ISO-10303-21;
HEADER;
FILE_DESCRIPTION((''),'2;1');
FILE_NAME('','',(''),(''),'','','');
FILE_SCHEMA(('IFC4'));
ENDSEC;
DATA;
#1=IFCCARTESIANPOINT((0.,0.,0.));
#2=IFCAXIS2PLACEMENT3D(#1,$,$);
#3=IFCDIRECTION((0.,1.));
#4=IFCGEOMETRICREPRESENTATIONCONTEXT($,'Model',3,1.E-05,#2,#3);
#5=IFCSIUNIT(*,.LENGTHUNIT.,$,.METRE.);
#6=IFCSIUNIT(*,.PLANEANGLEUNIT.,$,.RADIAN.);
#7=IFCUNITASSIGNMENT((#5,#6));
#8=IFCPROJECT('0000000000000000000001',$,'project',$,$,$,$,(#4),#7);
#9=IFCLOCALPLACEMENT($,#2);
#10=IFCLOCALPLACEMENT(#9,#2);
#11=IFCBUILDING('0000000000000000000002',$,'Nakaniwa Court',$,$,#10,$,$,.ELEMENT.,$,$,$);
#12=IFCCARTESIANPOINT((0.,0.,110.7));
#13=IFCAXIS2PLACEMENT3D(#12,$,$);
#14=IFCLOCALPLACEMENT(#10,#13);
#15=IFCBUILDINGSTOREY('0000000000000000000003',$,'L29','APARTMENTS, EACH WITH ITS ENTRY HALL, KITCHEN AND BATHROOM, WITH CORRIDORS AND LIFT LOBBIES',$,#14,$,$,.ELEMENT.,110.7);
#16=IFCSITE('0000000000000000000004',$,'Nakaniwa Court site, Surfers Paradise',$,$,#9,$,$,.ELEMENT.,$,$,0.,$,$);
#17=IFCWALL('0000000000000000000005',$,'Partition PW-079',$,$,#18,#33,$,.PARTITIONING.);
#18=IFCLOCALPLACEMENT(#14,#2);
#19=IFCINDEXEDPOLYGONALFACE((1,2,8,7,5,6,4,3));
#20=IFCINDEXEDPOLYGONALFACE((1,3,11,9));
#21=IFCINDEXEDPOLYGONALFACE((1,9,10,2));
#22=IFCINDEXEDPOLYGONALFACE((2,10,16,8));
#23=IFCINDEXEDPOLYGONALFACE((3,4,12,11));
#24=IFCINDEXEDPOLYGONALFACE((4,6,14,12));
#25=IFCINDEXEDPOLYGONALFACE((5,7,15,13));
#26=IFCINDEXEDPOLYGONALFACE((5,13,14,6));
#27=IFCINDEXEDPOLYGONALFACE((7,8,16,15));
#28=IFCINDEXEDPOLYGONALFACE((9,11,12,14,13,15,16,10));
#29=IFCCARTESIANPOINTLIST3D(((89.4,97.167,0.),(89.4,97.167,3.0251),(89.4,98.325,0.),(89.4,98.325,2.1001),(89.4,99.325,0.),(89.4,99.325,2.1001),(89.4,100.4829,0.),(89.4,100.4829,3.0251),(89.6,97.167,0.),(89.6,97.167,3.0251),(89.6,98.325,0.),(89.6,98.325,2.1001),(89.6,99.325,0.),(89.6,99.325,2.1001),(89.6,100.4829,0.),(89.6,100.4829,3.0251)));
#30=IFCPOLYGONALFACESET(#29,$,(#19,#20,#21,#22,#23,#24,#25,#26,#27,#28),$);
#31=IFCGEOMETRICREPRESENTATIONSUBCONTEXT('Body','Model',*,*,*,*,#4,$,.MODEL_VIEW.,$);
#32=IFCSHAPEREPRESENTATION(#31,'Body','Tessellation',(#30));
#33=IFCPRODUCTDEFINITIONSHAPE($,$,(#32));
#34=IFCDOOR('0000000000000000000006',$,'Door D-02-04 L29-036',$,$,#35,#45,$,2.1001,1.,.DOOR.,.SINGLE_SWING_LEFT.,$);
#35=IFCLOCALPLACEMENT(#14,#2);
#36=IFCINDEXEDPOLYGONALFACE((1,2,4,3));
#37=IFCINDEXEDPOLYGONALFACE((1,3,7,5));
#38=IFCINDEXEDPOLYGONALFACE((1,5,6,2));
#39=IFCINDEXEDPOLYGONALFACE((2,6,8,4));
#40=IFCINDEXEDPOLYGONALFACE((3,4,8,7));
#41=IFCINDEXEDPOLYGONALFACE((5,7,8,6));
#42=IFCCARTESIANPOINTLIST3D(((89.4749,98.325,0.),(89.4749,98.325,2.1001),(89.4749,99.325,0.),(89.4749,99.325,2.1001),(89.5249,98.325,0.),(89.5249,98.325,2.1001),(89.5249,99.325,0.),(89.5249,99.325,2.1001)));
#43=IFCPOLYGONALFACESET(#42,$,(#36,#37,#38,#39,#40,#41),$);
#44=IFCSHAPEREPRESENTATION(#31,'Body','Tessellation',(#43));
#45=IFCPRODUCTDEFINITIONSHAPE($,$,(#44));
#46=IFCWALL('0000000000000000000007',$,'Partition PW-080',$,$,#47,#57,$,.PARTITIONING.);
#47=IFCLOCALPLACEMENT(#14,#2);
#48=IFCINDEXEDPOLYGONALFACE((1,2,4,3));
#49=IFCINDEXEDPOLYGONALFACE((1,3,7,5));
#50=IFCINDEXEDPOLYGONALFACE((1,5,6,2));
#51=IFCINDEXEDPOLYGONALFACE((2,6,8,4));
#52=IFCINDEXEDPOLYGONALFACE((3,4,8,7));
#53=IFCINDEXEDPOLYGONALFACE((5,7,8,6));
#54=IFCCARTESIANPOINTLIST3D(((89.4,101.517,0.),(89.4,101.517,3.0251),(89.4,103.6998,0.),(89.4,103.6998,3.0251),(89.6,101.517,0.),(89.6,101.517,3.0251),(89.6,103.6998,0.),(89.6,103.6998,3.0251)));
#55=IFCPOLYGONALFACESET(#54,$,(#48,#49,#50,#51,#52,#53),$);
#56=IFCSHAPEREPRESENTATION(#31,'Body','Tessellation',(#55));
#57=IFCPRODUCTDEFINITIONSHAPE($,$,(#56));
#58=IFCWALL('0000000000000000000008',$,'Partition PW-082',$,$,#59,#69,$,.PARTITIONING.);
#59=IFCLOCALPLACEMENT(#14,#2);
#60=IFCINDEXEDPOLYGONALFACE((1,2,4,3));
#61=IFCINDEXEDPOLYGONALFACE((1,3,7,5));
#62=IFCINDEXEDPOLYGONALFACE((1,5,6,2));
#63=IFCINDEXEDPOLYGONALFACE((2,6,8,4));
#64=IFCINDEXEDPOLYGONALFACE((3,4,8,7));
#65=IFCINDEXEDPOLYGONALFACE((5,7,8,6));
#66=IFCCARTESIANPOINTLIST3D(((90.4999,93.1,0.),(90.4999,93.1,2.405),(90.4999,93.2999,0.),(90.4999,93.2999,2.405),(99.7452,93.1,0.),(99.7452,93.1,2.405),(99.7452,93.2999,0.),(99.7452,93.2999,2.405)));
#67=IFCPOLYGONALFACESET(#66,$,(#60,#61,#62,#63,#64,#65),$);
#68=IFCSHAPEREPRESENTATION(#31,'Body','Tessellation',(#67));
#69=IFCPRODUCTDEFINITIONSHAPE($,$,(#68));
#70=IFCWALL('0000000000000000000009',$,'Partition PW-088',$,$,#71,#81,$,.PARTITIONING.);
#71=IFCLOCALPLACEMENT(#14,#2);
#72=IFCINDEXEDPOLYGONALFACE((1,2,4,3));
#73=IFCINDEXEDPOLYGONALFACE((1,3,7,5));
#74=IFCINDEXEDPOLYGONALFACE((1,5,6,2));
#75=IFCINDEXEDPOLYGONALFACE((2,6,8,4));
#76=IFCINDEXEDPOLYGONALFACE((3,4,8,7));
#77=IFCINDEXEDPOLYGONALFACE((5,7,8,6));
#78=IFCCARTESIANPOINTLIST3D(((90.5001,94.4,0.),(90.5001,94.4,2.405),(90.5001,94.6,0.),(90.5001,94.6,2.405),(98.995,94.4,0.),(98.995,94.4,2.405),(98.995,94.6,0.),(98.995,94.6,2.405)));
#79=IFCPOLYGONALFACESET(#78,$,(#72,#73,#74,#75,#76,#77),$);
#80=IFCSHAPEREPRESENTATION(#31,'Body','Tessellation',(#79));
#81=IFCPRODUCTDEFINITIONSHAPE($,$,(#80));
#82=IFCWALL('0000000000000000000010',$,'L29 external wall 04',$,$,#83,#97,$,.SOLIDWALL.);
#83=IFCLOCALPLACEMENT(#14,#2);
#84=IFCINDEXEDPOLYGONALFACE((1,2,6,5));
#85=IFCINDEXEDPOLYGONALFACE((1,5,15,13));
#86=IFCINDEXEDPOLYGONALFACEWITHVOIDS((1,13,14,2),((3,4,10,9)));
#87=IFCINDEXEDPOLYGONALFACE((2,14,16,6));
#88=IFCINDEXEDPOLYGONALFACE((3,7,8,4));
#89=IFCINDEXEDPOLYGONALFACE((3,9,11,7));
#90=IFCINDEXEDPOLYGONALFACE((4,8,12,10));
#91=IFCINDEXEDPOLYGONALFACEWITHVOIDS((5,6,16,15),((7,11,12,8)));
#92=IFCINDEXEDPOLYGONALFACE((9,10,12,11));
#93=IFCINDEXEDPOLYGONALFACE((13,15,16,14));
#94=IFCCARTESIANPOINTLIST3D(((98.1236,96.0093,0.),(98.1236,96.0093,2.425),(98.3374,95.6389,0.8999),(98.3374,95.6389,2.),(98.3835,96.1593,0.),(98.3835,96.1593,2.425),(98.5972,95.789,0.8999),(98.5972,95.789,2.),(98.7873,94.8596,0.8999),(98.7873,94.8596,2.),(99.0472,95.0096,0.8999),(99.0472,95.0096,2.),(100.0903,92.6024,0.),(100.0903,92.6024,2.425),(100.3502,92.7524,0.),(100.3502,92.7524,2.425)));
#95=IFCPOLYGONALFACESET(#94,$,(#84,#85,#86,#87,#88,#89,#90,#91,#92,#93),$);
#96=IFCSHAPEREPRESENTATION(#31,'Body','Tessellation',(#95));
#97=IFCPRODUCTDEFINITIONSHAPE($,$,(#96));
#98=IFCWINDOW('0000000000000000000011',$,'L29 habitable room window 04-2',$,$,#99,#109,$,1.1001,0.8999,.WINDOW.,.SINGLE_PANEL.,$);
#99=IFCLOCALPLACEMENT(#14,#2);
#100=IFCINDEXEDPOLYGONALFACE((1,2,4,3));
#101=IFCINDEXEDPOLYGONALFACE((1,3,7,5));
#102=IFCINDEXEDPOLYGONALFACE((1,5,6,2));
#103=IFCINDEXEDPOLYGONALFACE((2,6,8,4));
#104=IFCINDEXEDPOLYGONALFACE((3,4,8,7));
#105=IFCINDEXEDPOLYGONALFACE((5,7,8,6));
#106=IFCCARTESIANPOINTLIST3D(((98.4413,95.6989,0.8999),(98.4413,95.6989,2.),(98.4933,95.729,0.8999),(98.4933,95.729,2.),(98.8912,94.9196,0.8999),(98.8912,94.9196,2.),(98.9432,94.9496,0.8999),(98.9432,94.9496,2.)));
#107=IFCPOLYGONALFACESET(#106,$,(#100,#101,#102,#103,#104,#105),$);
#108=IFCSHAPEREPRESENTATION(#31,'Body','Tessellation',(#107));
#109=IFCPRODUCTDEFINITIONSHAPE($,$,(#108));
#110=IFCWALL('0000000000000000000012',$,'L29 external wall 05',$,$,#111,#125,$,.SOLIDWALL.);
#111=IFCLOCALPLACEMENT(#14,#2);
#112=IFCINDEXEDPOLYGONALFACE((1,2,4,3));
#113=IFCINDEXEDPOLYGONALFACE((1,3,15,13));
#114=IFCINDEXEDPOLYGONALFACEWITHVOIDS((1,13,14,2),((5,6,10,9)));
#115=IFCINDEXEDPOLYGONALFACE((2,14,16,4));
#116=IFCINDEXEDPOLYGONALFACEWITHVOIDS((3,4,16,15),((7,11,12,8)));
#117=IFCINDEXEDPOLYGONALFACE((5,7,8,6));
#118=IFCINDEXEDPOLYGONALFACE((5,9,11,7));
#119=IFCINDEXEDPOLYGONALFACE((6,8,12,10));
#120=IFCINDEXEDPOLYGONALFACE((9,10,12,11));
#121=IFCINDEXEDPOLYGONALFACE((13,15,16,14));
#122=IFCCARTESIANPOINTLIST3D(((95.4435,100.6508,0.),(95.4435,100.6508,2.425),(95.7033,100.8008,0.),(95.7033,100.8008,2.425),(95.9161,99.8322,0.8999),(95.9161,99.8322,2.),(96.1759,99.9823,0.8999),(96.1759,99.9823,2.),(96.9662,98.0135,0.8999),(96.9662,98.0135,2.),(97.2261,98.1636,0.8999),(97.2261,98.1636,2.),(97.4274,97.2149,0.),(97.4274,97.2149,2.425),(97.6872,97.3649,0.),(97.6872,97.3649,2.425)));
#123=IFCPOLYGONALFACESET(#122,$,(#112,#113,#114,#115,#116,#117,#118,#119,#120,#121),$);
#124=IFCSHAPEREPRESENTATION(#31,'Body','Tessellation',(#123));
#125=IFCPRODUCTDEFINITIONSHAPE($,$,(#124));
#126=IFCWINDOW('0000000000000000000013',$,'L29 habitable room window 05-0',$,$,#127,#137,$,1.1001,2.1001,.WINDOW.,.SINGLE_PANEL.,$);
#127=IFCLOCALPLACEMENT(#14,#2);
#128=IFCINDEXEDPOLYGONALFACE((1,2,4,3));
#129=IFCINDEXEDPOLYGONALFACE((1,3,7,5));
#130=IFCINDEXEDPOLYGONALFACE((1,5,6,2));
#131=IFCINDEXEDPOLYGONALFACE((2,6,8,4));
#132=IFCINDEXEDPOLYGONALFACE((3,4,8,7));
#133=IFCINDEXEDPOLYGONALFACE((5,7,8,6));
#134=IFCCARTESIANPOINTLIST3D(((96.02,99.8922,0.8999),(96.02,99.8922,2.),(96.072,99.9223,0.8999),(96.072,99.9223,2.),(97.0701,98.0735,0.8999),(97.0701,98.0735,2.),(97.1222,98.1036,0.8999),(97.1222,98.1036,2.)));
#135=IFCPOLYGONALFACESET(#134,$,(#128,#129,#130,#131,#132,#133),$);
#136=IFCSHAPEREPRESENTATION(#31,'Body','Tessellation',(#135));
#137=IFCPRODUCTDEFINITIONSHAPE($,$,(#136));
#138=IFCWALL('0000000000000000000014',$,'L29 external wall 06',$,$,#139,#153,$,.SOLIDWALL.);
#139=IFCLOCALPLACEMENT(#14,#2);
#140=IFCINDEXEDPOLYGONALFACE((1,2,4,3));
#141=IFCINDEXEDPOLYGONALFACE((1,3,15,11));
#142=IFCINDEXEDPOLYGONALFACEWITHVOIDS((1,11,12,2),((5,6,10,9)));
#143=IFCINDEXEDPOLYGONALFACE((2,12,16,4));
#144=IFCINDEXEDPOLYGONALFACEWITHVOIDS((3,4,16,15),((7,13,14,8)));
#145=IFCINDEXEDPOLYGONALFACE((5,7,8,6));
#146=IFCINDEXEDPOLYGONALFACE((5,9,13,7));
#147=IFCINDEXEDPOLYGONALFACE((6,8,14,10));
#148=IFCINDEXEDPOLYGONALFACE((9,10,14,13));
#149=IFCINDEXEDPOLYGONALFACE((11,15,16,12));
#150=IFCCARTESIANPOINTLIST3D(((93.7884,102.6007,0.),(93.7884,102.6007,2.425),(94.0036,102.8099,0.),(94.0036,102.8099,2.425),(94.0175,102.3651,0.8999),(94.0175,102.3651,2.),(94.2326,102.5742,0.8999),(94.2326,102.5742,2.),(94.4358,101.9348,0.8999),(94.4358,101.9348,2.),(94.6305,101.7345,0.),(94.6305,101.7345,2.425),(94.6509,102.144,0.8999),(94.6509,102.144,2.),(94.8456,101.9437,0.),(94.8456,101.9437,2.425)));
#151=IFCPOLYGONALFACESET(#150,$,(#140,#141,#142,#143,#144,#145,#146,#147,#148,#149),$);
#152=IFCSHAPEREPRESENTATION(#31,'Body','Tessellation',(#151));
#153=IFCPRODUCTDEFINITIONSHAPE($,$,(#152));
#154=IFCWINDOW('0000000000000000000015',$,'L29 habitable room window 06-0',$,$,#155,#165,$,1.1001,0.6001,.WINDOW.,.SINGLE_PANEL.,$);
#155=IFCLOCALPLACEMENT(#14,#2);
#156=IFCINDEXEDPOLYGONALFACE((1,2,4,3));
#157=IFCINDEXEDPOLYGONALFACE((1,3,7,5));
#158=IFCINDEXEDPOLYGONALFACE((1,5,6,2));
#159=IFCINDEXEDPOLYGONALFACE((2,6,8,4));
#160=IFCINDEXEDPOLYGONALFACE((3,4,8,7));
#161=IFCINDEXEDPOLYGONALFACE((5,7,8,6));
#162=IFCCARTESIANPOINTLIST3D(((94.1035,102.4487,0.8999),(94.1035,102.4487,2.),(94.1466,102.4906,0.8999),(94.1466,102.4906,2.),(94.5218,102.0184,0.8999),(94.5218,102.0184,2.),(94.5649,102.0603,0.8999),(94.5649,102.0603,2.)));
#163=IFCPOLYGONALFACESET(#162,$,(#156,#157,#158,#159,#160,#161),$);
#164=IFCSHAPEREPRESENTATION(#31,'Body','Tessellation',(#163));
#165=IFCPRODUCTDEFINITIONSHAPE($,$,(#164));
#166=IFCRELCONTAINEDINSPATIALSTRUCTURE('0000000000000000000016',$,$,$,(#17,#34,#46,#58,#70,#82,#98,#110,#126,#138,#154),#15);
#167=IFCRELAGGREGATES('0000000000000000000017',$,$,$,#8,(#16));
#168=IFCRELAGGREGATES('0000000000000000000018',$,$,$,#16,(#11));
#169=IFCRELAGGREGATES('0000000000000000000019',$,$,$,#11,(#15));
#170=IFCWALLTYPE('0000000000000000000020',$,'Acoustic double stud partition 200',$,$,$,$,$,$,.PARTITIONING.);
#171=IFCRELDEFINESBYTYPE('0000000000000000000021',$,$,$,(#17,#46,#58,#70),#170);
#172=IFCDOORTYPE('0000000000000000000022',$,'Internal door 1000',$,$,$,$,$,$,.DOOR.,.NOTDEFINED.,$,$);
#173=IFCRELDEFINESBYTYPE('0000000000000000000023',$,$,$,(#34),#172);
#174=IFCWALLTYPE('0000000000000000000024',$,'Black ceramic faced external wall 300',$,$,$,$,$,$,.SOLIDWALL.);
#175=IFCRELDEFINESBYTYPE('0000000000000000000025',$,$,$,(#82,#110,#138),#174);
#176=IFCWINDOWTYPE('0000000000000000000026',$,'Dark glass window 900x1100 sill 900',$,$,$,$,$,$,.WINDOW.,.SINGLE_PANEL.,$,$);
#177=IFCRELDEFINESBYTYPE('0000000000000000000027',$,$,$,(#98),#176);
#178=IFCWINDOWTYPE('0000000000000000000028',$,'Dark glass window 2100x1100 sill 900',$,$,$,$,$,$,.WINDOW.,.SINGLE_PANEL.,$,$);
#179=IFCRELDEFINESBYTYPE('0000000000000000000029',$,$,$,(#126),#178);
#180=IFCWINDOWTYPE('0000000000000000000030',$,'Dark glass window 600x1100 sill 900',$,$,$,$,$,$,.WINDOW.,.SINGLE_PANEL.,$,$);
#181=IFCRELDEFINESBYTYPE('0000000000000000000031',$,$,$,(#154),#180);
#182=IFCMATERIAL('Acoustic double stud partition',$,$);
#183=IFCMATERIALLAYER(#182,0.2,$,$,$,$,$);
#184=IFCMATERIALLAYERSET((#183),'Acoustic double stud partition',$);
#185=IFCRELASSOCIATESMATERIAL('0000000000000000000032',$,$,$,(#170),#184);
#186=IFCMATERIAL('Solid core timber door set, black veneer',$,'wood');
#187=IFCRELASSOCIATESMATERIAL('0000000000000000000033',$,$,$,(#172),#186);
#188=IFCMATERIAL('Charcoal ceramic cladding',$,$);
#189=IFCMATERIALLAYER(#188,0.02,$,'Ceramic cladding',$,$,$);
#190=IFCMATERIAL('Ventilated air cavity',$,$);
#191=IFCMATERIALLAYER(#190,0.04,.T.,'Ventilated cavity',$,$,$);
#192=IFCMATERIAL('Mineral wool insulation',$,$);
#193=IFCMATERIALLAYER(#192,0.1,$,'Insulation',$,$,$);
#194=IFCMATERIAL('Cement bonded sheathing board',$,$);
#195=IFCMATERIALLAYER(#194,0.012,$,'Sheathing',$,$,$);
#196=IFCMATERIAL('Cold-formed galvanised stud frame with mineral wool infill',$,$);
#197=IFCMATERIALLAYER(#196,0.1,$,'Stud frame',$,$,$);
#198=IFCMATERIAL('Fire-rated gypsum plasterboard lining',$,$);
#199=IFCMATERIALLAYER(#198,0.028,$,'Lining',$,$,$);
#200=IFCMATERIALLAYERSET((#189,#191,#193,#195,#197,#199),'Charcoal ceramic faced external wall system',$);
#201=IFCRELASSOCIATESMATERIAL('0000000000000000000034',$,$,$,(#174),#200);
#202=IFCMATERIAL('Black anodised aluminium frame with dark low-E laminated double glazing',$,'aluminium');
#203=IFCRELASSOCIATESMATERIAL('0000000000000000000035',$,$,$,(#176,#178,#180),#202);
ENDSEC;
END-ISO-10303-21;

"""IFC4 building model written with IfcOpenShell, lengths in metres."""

from ifc_helpers import new_model, si_unit, direction, frame, frame_2d, origin, place, context, subcontext, project, spatial, rectangle, extrude, material, layer, layer_set, type_object, element, fill, save


model = new_model("IFC4")

# Units and contexts
model_context = context("Model", 3, precision=1e-05, world=origin(), true_north=direction((0.0, 1.0)))
body_context = subcontext(model_context, "Body", "Model", "MODEL_VIEW")
ifc_project = project(units=[si_unit("LENGTHUNIT", "METRE"), si_unit("PLANEANGLEUNIT", "RADIAN")], contexts=[model_context])

# Site, building, storey
site_placement = place(None, origin())
site = spatial("IfcSite", under=ifc_project, at=site_placement, Name="Nakaniwa Court site, Surfers Paradise", CompositionType="ELEMENT", RefElevation=0.0)
building_placement = place(site_placement, origin())
building = spatial("IfcBuilding", under=site, at=building_placement, Name="Nakaniwa Court", CompositionType="ELEMENT")
storey_placement = place(building_placement, frame((0.0, 0.0, 110.7)))
storey = spatial("IfcBuildingStorey", under=building, at=storey_placement, Name="L29", Description="APARTMENTS, EACH WITH ITS ENTRY HALL, KITCHEN AND BATHROOM, WITH CORRIDORS AND LIFT LOBBIES", CompositionType="ELEMENT", Elevation=110.7)

# Wall, opening, door
ifc_material_1 = material(Name="Acoustic double stud partition")
ifc_layer_1 = layer(ifc_material_1, 0.2)
ifc_layer_set_1 = layer_set([ifc_layer_1], Name="Acoustic double stud partition")
wall_type_1 = type_object("IfcWallType", Name="Acoustic double stud partition 200", PredefinedType="PARTITIONING", material=ifc_layer_set_1)
wall_1_placement = place(storey_placement, frame((89.5, 100.4829, 0.0), z_axis=(0.0, 0.0, 1.0), x_axis=(0.0, -1.0, 0.0)))
wall_1 = element("IfcWall", 1, at=wall_1_placement, inside=storey, type_object=wall_type_1, Name="Partition PW-079", PredefinedType="PARTITIONING", context=body_context, shape_type="SweptSolid", body=[
    extrude(rectangle(XDim=3.3159, YDim=0.2, at=frame_2d((1.658, 0.0))), origin(), (0.0, 0.0, 1.0), 3.0251),
])
opening_1_placement = place(wall_1_placement, frame((1.158, 0.0, 0.0)))
opening_1 = element("IfcOpeningElement", 2, at=opening_1_placement, cuts=wall_1, PredefinedType="OPENING", context=body_context, shape_type="SweptSolid", body=[
    extrude(rectangle(XDim=1.0, YDim=2.1001, at=frame_2d((0.5, 1.05))), frame((0.0, 0.1099, 0.0), z_axis=(0.0, -1.0, 0.0), x_axis=(1.0, 0.0, 0.0)), (0.0, 0.0, 1.0), 0.22),
])
ifc_material_2 = material(Name="Solid core timber door set, black veneer", Category="wood")
door_type = type_object("IfcDoorType", Name="Internal door 1000", OperationType="NOTDEFINED", PredefinedType="DOOR", material=ifc_material_2)
door_placement = place(opening_1_placement, origin())
door = element("IfcDoor", 3, at=door_placement, inside=storey, type_object=door_type, Name="Door D-02-04 L29-036", OperationType="SINGLE_SWING_LEFT", OverallHeight=2.1001, OverallWidth=1.0, PredefinedType="DOOR", context=body_context, shape_type="SweptSolid", body=[
    extrude(rectangle(XDim=1.0, YDim=2.1001, at=frame_2d((0.5, 1.05))), frame((0.0, 0.0249, 0.0), z_axis=(0.0, -1.0, 0.0), x_axis=(1.0, 0.0, 0.0)), (0.0, 0.0, 1.0), 0.05),
])
fill(opening_1, door)

# Walls
wall_2_placement = place(storey_placement, frame((89.5, 101.5171, 0.0), z_axis=(0.0, 0.0, 1.0), x_axis=(0.0, 1.0, 0.0)))
element("IfcWall", 4, at=wall_2_placement, inside=storey, type_object=wall_type_1, Name="Partition PW-080", PredefinedType="PARTITIONING", context=body_context, shape_type="SweptSolid", body=[
    extrude(rectangle(XDim=2.1829, YDim=0.2, at=frame_2d((1.0913, 0.0))), origin(), (0.0, 0.0, 1.0), 3.0251),
])
wall_3_placement = place(storey_placement, frame((90.5, 93.2, 0.0), z_axis=(0.0, 0.0, 1.0), x_axis=(1.0, 0.0, 0.0)))
element("IfcWall", 5, at=wall_3_placement, inside=storey, type_object=wall_type_1, Name="Partition PW-082", PredefinedType="PARTITIONING", context=body_context, shape_type="SweptSolid", body=[
    extrude(rectangle(XDim=9.2454, YDim=0.2, at=frame_2d((4.6226, 0.0))), origin(), (0.0, 0.0, 1.0), 2.405),
])
wall_4_placement = place(storey_placement, frame((90.5, 94.5, 0.0), z_axis=(0.0, 0.0, 1.0), x_axis=(1.0, 0.0, 0.0)))
element("IfcWall", 6, at=wall_4_placement, inside=storey, type_object=wall_type_1, Name="Partition PW-088", PredefinedType="PARTITIONING", context=body_context, shape_type="SweptSolid", body=[
    extrude(rectangle(XDim=8.4949, YDim=0.2, at=frame_2d((4.2476, 0.0))), origin(), (0.0, 0.0, 1.0), 2.405),
])

# Walls, openings, windows
ifc_material_3 = material(Name="Charcoal ceramic cladding")
ifc_layer_2 = layer(ifc_material_3, 0.02, Name="Ceramic cladding")
ifc_material_4 = material(Name="Ventilated air cavity")
ifc_layer_3 = layer(ifc_material_4, 0.04, ventilated=True, Name="Ventilated cavity")
ifc_material_5 = material(Name="Mineral wool insulation")
ifc_layer_4 = layer(ifc_material_5, 0.1, Name="Insulation")
ifc_material_6 = material(Name="Cement bonded sheathing board")
ifc_layer_5 = layer(ifc_material_6, 0.012, Name="Sheathing")
ifc_material_7 = material(Name="Cold-formed galvanised stud frame with mineral wool infill")
ifc_layer_6 = layer(ifc_material_7, 0.1, Name="Stud frame")
ifc_material_8 = material(Name="Fire-rated gypsum plasterboard lining")
ifc_layer_7 = layer(ifc_material_8, 0.028, Name="Lining")
ifc_layer_set_2 = layer_set([ifc_layer_2, ifc_layer_3, ifc_layer_4, ifc_layer_5, ifc_layer_6, ifc_layer_7], Name="Charcoal ceramic faced external wall system")
wall_type_2 = type_object("IfcWallType", Name="Black ceramic faced external wall 300", PredefinedType="SOLIDWALL", material=ifc_layer_set_2)
wall_5_placement = place(storey_placement, frame((100.2202, 92.6775, 0.0), z_axis=(0.0, 0.0, 1.0), x_axis=(-0.499957, 0.86605, 0.0)))
wall_5 = element("IfcWall", 7, at=wall_5_placement, inside=storey, type_object=wall_type_2, Name="L29 external wall 04", PredefinedType="SOLIDWALL", context=body_context, shape_type="SweptSolid", body=[
    extrude(rectangle(XDim=3.9338, YDim=0.3, at=frame_2d((1.9668, 0.0))), origin(), (0.0, 0.0, 1.0), 2.425),
])
opening_2_placement = place(wall_5_placement, frame((2.6062, 0.0, 0.8999)))
opening_2 = element("IfcOpeningElement", 8, at=opening_2_placement, cuts=wall_5, PredefinedType="OPENING", context=body_context, shape_type="SweptSolid", body=[
    extrude(rectangle(XDim=0.8999, YDim=1.1001, at=frame_2d((0.45, 0.55))), frame((0.0, 0.1599, 0.0), z_axis=(0.0, -1.0, 0.0), x_axis=(1.0, 0.0, 0.0)), (0.0, 0.0, 1.0), 0.3201),
])
ifc_material_9 = material(Name="Black anodised aluminium frame with dark low-E laminated double glazing", Category="aluminium")
window_type_1 = type_object("IfcWindowType", Name="Dark glass window 900x1100 sill 900", PartitioningType="SINGLE_PANEL", PredefinedType="WINDOW", material=ifc_material_9)
window_1_placement = place(opening_2_placement, origin())
window_1 = element("IfcWindow", 9, at=window_1_placement, inside=storey, type_object=window_type_1, Name="L29 habitable room window 04-2", OverallHeight=1.1001, OverallWidth=0.8999, PartitioningType="SINGLE_PANEL", PredefinedType="WINDOW", context=body_context, shape_type="SweptSolid", body=[
    extrude(rectangle(XDim=0.8999, YDim=1.1001, at=frame_2d((0.45, 0.55))), frame((0.0, 0.03, 0.0), z_axis=(0.0, -1.0, 0.0), x_axis=(1.0, 0.0, 0.0)), (0.0, 0.0, 1.0), 0.0601),
])
fill(opening_2, window_1)
wall_6_placement = place(storey_placement, frame((97.5574, 97.2898, 0.0), z_axis=(0.0, 0.0, 1.0), x_axis=(-0.500044, 0.866, 0.0)))
wall_6 = element("IfcWall", 10, at=wall_6_placement, inside=storey, type_object=wall_type_2, Name="L29 external wall 05", PredefinedType="SOLIDWALL", context=body_context, shape_type="SweptSolid", body=[
    extrude(rectangle(XDim=3.9675, YDim=0.3, at=frame_2d((1.9839, 0.0))), origin(), (0.0, 0.0, 1.0), 2.425),
])
opening_3_placement = place(wall_6_placement, frame((0.9224, 0.0, 0.8999)))
opening_3 = element("IfcOpeningElement", 11, at=opening_3_placement, cuts=wall_6, PredefinedType="OPENING", context=body_context, shape_type="SweptSolid", body=[
    extrude(rectangle(XDim=2.1001, YDim=1.1001, at=frame_2d((1.05, 0.55))), frame((0.0, 0.1599, 0.0), z_axis=(0.0, -1.0, 0.0), x_axis=(1.0, 0.0, 0.0)), (0.0, 0.0, 1.0), 0.3201),
])
window_type_2 = type_object("IfcWindowType", Name="Dark glass window 2100x1100 sill 900", PartitioningType="SINGLE_PANEL", PredefinedType="WINDOW", material=ifc_material_9)
window_2_placement = place(opening_3_placement, origin())
window_2 = element("IfcWindow", 12, at=window_2_placement, inside=storey, type_object=window_type_2, Name="L29 habitable room window 05-0", OverallHeight=1.1001, OverallWidth=2.1001, PartitioningType="SINGLE_PANEL", PredefinedType="WINDOW", context=body_context, shape_type="SweptSolid", body=[
    extrude(rectangle(XDim=2.1001, YDim=1.1001, at=frame_2d((1.05, 0.55))), frame((0.0, 0.03, 0.0), z_axis=(0.0, -1.0, 0.0), x_axis=(1.0, 0.0, 0.0)), (0.0, 0.0, 1.0), 0.0601),
])
fill(opening_3, window_2)
wall_7_placement = place(storey_placement, frame((94.738, 101.8391, 0.0), z_axis=(0.0, 0.0, 1.0), x_axis=(-0.697032, 0.71704, 0.0)))
wall_7 = element("IfcWall", 13, at=wall_7_placement, inside=storey, type_object=wall_type_2, Name="L29 external wall 06", PredefinedType="SOLIDWALL", context=body_context, shape_type="SweptSolid", body=[
    extrude(rectangle(XDim=1.208, YDim=0.3, at=frame_2d((0.604, 0.0))), origin(), (0.0, 0.0, 1.0), 2.425),
])
opening_4_placement = place(wall_7_placement, frame((0.2793, 0.0, 0.8999)))
opening_4 = element("IfcOpeningElement", 14, at=opening_4_placement, cuts=wall_7, PredefinedType="OPENING", context=body_context, shape_type="SweptSolid", body=[
    extrude(rectangle(XDim=0.6001, YDim=1.1001, at=frame_2d((0.3, 0.55))), frame((0.0, 0.1599, 0.0), z_axis=(0.0, -1.0, 0.0), x_axis=(1.0, 0.0, 0.0)), (0.0, 0.0, 1.0), 0.3201),
])
window_type_3 = type_object("IfcWindowType", Name="Dark glass window 600x1100 sill 900", PartitioningType="SINGLE_PANEL", PredefinedType="WINDOW", material=ifc_material_9)
window_3_placement = place(opening_4_placement, origin())
window_3 = element("IfcWindow", 15, at=window_3_placement, inside=storey, type_object=window_type_3, Name="L29 habitable room window 06-0", OverallHeight=1.1001, OverallWidth=0.6001, PartitioningType="SINGLE_PANEL", PredefinedType="WINDOW", context=body_context, shape_type="SweptSolid", body=[
    extrude(rectangle(XDim=0.6001, YDim=1.1001, at=frame_2d((0.3, 0.55))), frame((0.0, 0.03, 0.0), z_axis=(0.0, -1.0, 0.0), x_axis=(1.0, 0.0, 0.0)), (0.0, 0.0, 1.0), 0.0601),
])
fill(opening_4, window_3)

save(model, "model.ifc")
